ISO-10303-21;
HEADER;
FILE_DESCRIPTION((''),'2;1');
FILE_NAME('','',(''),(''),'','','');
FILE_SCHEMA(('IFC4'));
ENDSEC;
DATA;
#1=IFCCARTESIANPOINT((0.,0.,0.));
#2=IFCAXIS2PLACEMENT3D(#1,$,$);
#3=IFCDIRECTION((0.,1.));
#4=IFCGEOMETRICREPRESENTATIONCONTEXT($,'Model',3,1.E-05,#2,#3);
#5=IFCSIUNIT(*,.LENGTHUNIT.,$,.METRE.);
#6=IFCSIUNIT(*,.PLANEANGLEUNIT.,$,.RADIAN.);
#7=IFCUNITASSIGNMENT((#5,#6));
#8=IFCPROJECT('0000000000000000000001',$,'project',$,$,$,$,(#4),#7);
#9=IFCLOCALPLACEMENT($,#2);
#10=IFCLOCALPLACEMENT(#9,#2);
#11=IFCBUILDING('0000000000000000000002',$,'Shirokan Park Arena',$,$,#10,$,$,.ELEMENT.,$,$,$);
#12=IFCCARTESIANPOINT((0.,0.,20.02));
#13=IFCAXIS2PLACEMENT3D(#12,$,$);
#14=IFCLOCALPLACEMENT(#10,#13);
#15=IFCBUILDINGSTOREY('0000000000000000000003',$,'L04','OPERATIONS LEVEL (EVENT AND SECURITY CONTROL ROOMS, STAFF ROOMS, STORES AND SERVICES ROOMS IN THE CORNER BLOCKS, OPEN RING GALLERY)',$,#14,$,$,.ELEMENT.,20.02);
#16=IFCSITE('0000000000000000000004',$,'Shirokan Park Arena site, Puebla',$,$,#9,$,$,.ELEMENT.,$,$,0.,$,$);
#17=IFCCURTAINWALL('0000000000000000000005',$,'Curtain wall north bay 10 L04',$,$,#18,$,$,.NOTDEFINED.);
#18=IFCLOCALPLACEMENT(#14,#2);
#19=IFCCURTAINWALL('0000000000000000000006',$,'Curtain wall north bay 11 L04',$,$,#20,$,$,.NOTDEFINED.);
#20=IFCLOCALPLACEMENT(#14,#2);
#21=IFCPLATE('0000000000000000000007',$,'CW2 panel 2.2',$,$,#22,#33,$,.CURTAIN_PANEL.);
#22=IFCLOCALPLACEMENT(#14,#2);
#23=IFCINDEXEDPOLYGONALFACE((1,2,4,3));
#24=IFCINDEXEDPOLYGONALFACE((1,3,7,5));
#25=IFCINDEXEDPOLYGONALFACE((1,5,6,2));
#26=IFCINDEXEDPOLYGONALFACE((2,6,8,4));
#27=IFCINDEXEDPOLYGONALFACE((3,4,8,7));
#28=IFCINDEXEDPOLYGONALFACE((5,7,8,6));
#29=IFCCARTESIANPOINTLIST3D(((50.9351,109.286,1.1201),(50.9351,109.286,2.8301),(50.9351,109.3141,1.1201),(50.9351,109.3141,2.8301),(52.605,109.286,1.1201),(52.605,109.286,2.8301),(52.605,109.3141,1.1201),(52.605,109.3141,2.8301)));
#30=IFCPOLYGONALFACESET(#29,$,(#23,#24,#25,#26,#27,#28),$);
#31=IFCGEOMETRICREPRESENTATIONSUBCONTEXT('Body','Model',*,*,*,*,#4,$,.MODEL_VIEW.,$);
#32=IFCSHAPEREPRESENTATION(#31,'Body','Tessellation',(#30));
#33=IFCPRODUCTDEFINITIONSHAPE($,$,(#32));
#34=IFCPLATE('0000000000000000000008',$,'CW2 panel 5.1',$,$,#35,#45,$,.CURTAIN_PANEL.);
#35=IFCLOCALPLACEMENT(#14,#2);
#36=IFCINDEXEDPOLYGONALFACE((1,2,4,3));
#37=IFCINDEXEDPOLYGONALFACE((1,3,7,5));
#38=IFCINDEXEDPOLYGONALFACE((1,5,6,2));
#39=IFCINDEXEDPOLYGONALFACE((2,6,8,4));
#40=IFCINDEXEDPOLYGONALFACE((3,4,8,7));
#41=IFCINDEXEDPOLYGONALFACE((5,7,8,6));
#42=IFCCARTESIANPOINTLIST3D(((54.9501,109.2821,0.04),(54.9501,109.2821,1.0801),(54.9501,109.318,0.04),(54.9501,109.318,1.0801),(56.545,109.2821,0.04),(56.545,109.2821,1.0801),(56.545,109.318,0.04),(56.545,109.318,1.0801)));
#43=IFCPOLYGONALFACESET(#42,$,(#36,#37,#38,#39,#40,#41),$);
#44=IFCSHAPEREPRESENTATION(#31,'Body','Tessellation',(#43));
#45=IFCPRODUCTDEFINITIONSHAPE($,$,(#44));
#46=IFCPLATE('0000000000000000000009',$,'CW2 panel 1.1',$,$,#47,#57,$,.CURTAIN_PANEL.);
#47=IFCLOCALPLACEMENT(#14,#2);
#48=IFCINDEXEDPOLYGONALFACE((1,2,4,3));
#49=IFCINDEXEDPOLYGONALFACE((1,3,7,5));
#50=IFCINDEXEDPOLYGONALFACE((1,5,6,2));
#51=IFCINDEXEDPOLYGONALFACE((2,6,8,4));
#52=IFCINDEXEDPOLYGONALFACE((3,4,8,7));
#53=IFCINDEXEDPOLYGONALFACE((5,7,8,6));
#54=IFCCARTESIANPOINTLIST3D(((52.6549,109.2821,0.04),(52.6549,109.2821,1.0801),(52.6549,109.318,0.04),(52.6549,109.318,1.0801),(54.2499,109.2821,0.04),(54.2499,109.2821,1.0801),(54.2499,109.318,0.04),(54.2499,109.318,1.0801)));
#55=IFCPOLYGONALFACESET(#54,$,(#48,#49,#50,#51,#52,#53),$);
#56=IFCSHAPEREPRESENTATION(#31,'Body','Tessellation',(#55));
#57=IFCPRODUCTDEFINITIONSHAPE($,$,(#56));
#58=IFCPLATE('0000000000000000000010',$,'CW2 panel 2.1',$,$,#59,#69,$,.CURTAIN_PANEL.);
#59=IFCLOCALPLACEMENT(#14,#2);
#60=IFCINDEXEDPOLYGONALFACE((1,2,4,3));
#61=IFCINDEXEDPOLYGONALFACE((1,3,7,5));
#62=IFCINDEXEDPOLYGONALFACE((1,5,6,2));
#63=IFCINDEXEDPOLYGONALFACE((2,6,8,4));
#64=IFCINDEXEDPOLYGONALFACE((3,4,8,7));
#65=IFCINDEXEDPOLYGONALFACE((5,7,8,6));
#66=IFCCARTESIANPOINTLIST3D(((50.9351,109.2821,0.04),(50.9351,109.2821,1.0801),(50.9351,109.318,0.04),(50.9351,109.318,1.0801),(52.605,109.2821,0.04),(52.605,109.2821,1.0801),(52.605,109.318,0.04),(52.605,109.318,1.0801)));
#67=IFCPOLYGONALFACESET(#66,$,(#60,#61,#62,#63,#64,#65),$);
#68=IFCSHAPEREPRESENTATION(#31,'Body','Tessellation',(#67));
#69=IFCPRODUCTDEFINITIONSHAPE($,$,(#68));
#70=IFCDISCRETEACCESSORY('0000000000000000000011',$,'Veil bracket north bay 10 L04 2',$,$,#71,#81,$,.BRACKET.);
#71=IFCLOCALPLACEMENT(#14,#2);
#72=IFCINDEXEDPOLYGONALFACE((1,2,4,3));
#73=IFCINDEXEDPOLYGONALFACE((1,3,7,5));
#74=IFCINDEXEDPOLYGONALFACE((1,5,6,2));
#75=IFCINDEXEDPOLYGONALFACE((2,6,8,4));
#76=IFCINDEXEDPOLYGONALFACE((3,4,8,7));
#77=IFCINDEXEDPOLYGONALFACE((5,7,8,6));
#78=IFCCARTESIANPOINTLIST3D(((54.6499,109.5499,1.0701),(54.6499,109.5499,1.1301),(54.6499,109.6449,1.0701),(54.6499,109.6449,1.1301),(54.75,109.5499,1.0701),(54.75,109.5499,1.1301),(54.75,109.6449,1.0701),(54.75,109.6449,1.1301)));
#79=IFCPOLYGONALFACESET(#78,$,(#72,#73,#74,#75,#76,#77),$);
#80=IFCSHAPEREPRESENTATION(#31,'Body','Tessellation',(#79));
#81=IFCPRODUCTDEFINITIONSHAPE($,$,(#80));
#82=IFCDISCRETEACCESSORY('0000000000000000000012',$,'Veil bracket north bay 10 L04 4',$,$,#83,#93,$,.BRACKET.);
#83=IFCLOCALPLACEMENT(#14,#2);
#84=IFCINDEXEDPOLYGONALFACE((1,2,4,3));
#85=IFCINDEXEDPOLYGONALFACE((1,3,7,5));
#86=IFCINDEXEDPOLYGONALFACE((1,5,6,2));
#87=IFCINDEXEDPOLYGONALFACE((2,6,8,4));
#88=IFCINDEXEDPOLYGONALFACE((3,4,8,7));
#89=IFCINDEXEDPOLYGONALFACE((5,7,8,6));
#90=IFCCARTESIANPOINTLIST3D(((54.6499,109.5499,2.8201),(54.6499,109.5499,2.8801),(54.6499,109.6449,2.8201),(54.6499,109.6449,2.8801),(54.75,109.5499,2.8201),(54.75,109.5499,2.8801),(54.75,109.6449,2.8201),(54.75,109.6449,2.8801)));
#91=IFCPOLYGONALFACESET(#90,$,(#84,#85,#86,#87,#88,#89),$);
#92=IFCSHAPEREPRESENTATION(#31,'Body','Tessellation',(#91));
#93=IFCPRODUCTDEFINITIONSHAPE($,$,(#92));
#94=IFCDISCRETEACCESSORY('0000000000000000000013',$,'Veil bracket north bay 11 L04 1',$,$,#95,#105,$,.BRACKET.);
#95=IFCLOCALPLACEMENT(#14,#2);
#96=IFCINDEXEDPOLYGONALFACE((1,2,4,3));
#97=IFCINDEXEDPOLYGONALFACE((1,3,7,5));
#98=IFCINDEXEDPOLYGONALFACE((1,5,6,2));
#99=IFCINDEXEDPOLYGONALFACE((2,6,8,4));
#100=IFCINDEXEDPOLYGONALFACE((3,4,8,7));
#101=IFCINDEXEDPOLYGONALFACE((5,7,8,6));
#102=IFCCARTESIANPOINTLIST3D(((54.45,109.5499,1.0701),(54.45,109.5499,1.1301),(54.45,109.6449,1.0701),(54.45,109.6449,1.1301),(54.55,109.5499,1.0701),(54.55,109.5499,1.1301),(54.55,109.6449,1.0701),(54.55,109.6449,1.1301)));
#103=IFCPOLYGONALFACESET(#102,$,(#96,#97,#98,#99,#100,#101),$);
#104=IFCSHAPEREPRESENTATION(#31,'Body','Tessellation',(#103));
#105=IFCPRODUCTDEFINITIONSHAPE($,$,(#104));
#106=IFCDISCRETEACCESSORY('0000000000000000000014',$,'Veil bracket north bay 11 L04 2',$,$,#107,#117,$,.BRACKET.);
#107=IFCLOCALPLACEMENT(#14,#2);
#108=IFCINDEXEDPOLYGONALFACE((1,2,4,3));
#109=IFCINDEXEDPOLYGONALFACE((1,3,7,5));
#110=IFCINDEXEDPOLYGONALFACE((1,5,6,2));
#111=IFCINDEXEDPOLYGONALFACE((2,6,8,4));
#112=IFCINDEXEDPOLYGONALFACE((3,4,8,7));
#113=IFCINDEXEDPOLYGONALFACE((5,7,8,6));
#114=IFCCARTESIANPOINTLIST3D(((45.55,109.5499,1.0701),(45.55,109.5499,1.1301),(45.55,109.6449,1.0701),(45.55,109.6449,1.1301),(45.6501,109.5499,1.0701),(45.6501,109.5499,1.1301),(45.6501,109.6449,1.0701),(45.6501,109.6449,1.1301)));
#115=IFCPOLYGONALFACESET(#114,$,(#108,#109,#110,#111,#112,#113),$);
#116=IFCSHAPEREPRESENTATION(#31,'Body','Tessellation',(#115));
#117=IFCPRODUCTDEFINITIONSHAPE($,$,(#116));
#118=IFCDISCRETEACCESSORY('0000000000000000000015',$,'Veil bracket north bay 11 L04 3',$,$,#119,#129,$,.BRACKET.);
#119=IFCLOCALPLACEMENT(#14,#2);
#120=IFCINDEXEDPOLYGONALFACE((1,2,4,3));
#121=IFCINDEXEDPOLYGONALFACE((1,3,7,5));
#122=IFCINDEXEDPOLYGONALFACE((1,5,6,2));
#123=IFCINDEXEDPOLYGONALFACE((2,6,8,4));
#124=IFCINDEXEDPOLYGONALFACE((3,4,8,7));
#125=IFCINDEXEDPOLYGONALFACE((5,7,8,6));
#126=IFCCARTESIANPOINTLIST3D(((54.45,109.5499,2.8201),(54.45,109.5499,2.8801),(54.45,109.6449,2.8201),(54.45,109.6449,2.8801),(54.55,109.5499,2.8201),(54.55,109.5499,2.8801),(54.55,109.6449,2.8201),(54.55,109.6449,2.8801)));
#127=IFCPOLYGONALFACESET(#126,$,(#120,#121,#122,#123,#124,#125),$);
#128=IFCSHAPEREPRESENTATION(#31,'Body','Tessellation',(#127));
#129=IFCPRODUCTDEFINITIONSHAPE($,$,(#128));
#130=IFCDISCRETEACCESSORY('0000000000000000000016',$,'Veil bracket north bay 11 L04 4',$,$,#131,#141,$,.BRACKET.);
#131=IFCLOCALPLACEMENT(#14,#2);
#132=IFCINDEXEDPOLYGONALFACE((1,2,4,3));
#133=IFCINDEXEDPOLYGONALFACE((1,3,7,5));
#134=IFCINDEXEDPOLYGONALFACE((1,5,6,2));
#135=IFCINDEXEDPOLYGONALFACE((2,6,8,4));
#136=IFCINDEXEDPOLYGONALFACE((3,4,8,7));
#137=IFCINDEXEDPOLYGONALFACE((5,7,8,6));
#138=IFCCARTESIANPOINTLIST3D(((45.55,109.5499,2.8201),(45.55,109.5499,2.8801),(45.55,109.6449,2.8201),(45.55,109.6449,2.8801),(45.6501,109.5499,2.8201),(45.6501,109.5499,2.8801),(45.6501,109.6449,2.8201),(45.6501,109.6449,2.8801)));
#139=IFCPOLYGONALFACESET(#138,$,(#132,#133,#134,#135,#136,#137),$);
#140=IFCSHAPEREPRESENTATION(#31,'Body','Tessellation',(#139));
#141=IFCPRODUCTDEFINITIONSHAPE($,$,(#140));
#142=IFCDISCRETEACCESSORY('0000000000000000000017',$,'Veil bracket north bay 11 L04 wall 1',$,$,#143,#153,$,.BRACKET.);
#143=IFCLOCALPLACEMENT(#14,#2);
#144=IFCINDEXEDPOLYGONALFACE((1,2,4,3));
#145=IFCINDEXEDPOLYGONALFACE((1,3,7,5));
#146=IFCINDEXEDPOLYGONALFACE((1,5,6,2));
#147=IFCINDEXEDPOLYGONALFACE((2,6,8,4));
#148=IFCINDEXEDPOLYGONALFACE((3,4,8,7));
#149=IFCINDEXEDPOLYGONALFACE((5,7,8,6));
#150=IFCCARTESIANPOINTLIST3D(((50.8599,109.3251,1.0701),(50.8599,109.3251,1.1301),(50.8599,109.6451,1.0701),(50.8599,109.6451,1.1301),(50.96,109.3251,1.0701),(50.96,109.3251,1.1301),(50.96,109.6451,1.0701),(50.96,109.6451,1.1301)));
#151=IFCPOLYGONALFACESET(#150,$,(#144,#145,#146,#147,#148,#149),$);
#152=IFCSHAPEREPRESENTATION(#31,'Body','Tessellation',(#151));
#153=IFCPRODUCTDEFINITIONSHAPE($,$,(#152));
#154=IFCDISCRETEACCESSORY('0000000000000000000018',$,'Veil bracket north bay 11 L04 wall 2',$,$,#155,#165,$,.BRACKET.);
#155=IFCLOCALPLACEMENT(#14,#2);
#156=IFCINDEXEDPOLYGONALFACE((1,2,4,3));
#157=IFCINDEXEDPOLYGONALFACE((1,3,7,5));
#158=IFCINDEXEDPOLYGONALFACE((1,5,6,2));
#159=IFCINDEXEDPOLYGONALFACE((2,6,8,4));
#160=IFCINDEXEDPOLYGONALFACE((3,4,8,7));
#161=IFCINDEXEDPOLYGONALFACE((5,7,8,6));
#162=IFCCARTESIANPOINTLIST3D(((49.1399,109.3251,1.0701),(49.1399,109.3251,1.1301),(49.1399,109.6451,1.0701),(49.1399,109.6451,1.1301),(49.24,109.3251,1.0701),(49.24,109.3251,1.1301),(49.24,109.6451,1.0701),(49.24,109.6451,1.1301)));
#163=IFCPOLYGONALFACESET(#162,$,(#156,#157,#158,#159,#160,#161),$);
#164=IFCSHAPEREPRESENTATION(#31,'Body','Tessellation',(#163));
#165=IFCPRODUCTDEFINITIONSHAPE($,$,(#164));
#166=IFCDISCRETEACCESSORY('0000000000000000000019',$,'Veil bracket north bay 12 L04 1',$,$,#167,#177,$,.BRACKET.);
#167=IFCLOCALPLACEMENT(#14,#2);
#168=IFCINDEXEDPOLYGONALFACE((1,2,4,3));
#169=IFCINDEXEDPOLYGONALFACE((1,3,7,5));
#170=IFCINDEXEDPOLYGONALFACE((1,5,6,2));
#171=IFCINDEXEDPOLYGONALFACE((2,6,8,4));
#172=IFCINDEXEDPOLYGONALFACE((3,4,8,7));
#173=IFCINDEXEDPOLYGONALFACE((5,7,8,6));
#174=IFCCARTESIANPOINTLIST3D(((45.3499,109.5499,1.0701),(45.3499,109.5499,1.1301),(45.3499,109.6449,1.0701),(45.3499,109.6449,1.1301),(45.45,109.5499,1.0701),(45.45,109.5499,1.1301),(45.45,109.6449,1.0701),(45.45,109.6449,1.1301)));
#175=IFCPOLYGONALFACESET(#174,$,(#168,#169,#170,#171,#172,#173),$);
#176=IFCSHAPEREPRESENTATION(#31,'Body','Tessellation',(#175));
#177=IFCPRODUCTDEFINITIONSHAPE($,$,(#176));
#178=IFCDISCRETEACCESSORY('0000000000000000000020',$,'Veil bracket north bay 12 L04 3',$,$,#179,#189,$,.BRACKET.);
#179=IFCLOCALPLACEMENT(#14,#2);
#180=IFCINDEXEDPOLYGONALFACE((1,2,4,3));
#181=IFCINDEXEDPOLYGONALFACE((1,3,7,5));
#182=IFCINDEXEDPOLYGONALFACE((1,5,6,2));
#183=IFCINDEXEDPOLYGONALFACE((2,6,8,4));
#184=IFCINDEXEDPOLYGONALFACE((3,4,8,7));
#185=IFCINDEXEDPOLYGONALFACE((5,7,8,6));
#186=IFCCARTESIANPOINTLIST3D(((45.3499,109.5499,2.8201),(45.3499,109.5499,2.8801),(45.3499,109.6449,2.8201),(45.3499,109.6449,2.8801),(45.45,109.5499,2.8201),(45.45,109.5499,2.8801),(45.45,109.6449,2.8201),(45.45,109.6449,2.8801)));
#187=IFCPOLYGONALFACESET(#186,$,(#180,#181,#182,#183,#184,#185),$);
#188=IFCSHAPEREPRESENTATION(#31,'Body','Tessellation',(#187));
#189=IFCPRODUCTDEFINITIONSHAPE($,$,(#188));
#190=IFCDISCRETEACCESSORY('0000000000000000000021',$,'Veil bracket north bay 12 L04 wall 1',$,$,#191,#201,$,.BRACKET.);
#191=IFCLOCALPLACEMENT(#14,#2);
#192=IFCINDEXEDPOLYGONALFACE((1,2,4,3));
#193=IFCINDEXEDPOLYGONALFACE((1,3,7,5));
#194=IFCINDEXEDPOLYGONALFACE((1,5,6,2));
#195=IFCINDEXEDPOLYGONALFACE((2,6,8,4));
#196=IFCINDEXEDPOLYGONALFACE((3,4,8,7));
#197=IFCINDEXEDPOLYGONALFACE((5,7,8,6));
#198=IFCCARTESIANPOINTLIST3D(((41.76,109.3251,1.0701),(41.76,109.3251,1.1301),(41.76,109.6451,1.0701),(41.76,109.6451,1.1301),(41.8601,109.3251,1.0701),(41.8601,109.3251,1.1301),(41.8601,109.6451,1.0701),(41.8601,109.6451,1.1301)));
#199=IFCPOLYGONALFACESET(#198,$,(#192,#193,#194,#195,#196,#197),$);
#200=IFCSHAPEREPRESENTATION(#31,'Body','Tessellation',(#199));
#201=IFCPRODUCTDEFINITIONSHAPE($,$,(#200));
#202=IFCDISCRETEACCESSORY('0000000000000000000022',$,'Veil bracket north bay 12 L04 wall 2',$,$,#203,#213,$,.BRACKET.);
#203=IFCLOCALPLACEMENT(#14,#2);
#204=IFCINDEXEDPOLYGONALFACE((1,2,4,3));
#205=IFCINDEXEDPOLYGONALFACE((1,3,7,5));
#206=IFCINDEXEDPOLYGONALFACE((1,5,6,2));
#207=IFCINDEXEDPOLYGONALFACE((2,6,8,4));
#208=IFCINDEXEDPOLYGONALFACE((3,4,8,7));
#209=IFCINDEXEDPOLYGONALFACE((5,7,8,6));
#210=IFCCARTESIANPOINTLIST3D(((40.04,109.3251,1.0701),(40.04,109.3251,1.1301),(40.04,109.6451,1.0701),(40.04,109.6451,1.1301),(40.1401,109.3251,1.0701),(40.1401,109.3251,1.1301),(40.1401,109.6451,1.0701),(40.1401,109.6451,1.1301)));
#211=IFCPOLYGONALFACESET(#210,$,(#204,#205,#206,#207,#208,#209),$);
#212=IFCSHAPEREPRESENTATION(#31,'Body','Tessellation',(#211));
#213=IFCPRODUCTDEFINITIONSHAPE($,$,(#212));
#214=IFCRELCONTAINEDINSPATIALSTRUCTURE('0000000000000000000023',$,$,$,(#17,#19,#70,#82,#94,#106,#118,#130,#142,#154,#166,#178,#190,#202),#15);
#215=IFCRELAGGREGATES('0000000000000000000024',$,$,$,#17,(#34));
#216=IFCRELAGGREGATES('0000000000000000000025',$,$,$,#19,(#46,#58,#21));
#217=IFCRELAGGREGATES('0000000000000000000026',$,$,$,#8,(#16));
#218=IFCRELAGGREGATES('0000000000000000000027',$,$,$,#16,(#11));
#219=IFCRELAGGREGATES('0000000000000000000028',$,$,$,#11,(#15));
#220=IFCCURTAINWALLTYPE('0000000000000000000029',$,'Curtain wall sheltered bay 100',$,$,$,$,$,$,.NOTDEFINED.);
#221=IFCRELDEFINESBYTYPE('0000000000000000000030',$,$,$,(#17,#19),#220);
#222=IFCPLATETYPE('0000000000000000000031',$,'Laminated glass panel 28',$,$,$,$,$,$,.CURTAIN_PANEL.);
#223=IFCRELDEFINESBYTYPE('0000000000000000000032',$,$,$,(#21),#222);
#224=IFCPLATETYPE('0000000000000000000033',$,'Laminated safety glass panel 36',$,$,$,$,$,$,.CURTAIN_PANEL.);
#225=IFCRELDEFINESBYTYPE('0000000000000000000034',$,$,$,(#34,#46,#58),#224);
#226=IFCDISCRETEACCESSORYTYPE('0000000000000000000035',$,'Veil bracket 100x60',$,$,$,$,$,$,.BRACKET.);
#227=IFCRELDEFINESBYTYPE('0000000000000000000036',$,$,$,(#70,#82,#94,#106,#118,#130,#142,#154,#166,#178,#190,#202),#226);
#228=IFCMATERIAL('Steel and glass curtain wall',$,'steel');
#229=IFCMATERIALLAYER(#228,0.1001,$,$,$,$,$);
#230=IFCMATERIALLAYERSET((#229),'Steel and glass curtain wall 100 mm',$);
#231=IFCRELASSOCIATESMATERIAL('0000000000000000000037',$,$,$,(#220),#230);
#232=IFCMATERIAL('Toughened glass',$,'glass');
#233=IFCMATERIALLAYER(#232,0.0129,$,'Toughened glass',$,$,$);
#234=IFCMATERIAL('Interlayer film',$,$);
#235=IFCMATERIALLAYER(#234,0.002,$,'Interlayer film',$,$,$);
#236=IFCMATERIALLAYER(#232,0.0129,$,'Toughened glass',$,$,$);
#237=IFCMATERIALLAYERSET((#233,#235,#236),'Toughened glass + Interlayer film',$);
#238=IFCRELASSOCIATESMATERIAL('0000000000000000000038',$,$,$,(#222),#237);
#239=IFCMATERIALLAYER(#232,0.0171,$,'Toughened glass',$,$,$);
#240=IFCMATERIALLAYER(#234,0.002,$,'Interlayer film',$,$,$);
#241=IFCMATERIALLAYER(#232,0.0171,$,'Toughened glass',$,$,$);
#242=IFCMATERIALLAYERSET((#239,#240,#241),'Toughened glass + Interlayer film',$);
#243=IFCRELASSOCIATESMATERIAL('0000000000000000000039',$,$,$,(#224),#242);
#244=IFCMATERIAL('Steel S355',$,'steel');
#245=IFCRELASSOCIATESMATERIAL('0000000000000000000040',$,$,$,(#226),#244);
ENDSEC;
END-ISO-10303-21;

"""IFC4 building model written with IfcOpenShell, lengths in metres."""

from ifc_helpers import new_model, si_unit, direction, frame, origin, origin_2d, place, context, subcontext, project, spatial, rectangle, extrude, material, layer, layer_set, type_object, element, aggregate, save


model = new_model("IFC4")

# Units and contexts
model_context = context("Model", 3, precision=1e-05, world=origin(), true_north=direction((0.0, 1.0)))
body_context = subcontext(model_context, "Body", "Model", "MODEL_VIEW")
ifc_project = project(units=[si_unit("LENGTHUNIT", "METRE"), si_unit("PLANEANGLEUNIT", "RADIAN")], contexts=[model_context])

# Site, building, storey
site_placement = place(None, origin())
site = spatial("IfcSite", under=ifc_project, at=site_placement, Name="Shirokan Park Arena site, Puebla", CompositionType="ELEMENT", RefElevation=0.0)
building_placement = place(site_placement, origin())
building = spatial("IfcBuilding", under=site, at=building_placement, Name="Shirokan Park Arena", CompositionType="ELEMENT")
storey_placement = place(building_placement, frame((0.0, 0.0, 20.02)))
storey = spatial("IfcBuildingStorey", under=building, at=storey_placement, Name="L04", Description="OPERATIONS LEVEL (EVENT AND SECURITY CONTROL ROOMS, STAFF ROOMS, STORES AND SERVICES ROOMS IN THE CORNER BLOCKS, OPEN RING GALLERY)", CompositionType="ELEMENT", Elevation=20.02)

# Curtain wall
ifc_material_1 = material(Name="Steel and glass curtain wall", Category="steel")
ifc_layer_1 = layer(ifc_material_1, 0.1001)
ifc_layer_set_1 = layer_set([ifc_layer_1], Name="Steel and glass curtain wall 100 mm")
curtain_wall_type = type_object("IfcCurtainWallType", Name="Curtain wall sheltered bay 100", PredefinedType="NOTDEFINED", material=ifc_layer_set_1)
curtain_wall_1_placement = place(storey_placement, origin())
curtain_wall_1 = element("IfcCurtainWall", 1, at=curtain_wall_1_placement, inside=storey, type_object=curtain_wall_type, Name="Curtain wall north bay 10 L04", PredefinedType="NOTDEFINED")
ifc_material_2 = material(Name="Steel S355", Category="steel")

# Curtain wall
curtain_wall_2_placement = place(storey_placement, origin())
curtain_wall_2 = element("IfcCurtainWall", 2, at=curtain_wall_2_placement, inside=storey, type_object=curtain_wall_type, Name="Curtain wall north bay 11 L04", PredefinedType="NOTDEFINED")

# Plates
ifc_material_3 = material(Name="Toughened glass", Category="glass")
ifc_layer_2 = layer(ifc_material_3, 0.0129, Name="Toughened glass")
ifc_material_4 = material(Name="Interlayer film")
ifc_layer_3 = layer(ifc_material_4, 0.002, Name="Interlayer film")
ifc_layer_4 = layer(ifc_material_3, 0.0129, Name="Toughened glass")
ifc_layer_set_2 = layer_set([ifc_layer_2, ifc_layer_3, ifc_layer_4], Name="Toughened glass + Interlayer film")
plate_type_1 = type_object("IfcPlateType", Name="Laminated glass panel 28", PredefinedType="CURTAIN_PANEL", material=ifc_layer_set_2)
plate_1_placement = place(storey_placement, frame((51.77, 109.3, 1.1201), z_axis=(0.0, 0.0, 1.0), x_axis=(-1.0, 0.0, 0.0)))
plate_1 = element("IfcPlate", 3, at=plate_1_placement, type_object=plate_type_1, Name="CW2 panel 2.2", PredefinedType="CURTAIN_PANEL", context=body_context, shape_type="SweptSolid", body=[
    extrude(rectangle(XDim=1.6699, YDim=0.0281, at=origin_2d()), origin(), (0.0, 0.0, 1.0), 1.71),
])
ifc_layer_5 = layer(ifc_material_3, 0.0171, Name="Toughened glass")
ifc_layer_6 = layer(ifc_material_4, 0.002, Name="Interlayer film")
ifc_layer_7 = layer(ifc_material_3, 0.0171, Name="Toughened glass")
ifc_layer_set_3 = layer_set([ifc_layer_5, ifc_layer_6, ifc_layer_7], Name="Toughened glass + Interlayer film")
plate_type_2 = type_object("IfcPlateType", Name="Laminated safety glass panel 36", PredefinedType="CURTAIN_PANEL", material=ifc_layer_set_3)
plate_2_placement = place(storey_placement, frame((55.7476, 109.3, 0.04), z_axis=(0.0, 0.0, 1.0), x_axis=(-1.0, 0.0, 0.0)))
plate_2 = element("IfcPlate", 4, at=plate_2_placement, type_object=plate_type_2, Name="CW2 panel 5.1", PredefinedType="CURTAIN_PANEL", context=body_context, shape_type="SweptSolid", body=[
    extrude(rectangle(XDim=1.595, YDim=0.0359, at=origin_2d()), origin(), (0.0, 0.0, 1.0), 1.04),
])
aggregate(curtain_wall_1, [plate_2])
plate_3_placement = place(storey_placement, frame((53.4524, 109.3, 0.04), z_axis=(0.0, 0.0, 1.0), x_axis=(-1.0, 0.0, 0.0)))
plate_3 = element("IfcPlate", 5, at=plate_3_placement, type_object=plate_type_2, Name="CW2 panel 1.1", PredefinedType="CURTAIN_PANEL", context=body_context, shape_type="SweptSolid", body=[
    extrude(rectangle(XDim=1.595, YDim=0.0359, at=origin_2d()), origin(), (0.0, 0.0, 1.0), 1.04),
])
plate_4_placement = place(storey_placement, frame((51.77, 109.3, 0.04), z_axis=(0.0, 0.0, 1.0), x_axis=(-1.0, 0.0, 0.0)))
plate_4 = element("IfcPlate", 6, at=plate_4_placement, type_object=plate_type_2, Name="CW2 panel 2.1", PredefinedType="CURTAIN_PANEL", context=body_context, shape_type="SweptSolid", body=[
    extrude(rectangle(XDim=1.6699, YDim=0.0359, at=origin_2d()), origin(), (0.0, 0.0, 1.0), 1.04),
])
aggregate(curtain_wall_2, [plate_3, plate_4, plate_1])

# Discrete accessories
discrete_accessory_type = type_object("IfcDiscreteAccessoryType", Name="Veil bracket 100x60", PredefinedType="BRACKET", material=ifc_material_2)
for number, where, z_axis, x_axis, name in (
    (7, (54.7, 109.5974, 1.0701), (0.0, 0.0, 1.0), (-1.0, 0.0, 0.0), "Veil bracket north bay 10 L04 2"),
    (8, (54.7, 109.5974, 2.8201), (0.0, 0.0, 1.0), (-1.0, 0.0, 0.0), "Veil bracket north bay 10 L04 4"),
    (9, (54.5, 109.5974, 1.0701), (0.0, 0.0, 1.0), (-1.0, 0.0, 0.0), "Veil bracket north bay 11 L04 1"),
    (10, (45.6001, 109.5974, 1.0701), (0.0, 0.0, 1.0), (-1.0, 0.0, 0.0), "Veil bracket north bay 11 L04 2"),
    (11, (54.5, 109.5974, 2.8201), (0.0, 0.0, 1.0), (-1.0, 0.0, 0.0), "Veil bracket north bay 11 L04 3"),
    (12, (45.6001, 109.5974, 2.8201), (0.0, 0.0, 1.0), (-1.0, 0.0, 0.0), "Veil bracket north bay 11 L04 4"),
):
    element("IfcDiscreteAccessory", number, at=place(storey_placement, frame(where, z_axis=z_axis, x_axis=x_axis)), inside=storey, type_object=discrete_accessory_type, Name=name, PredefinedType="BRACKET", context=body_context, shape_type="SweptSolid", body=[
        extrude(rectangle(XDim=0.1001, YDim=0.095, at=origin_2d()), origin(), (0.0, 0.0, 1.0), 0.0601),
    ])
for number, where, z_axis, x_axis, name in (
    (13, (50.9099, 109.4851, 1.0701), (0.0, 0.0, 1.0), (-1.0, 0.0, 0.0), "Veil bracket north bay 11 L04 wall 1"),
    (14, (49.1899, 109.4851, 1.0701), (0.0, 0.0, 1.0), (-1.0, 0.0, 0.0), "Veil bracket north bay 11 L04 wall 2"),
):
    element("IfcDiscreteAccessory", number, at=place(storey_placement, frame(where, z_axis=z_axis, x_axis=x_axis)), inside=storey, type_object=discrete_accessory_type, Name=name, PredefinedType="BRACKET", context=body_context, shape_type="SweptSolid", body=[
        extrude(rectangle(XDim=0.1001, YDim=0.3201, at=origin_2d()), origin(), (0.0, 0.0, 1.0), 0.0601),
    ])
for number, where, z_axis, x_axis, name in (
    (15, (45.3999, 109.5974, 1.0701), (0.0, 0.0, 1.0), (-1.0, 0.0, 0.0), "Veil bracket north bay 12 L04 1"),
    (16, (45.3999, 109.5974, 2.8201), (0.0, 0.0, 1.0), (-1.0, 0.0, 0.0), "Veil bracket north bay 12 L04 3"),
):
    element("IfcDiscreteAccessory", number, at=place(storey_placement, frame(where, z_axis=z_axis, x_axis=x_axis)), inside=storey, type_object=discrete_accessory_type, Name=name, PredefinedType="BRACKET", context=body_context, shape_type="SweptSolid", body=[
        extrude(rectangle(XDim=0.1001, YDim=0.095, at=origin_2d()), origin(), (0.0, 0.0, 1.0), 0.0601),
    ])
for number, where, z_axis, x_axis, name in (
    (17, (41.8101, 109.4851, 1.0701), (0.0, 0.0, 1.0), (-1.0, 0.0, 0.0), "Veil bracket north bay 12 L04 wall 1"),
    (18, (40.0901, 109.4851, 1.0701), (0.0, 0.0, 1.0), (-1.0, 0.0, 0.0), "Veil bracket north bay 12 L04 wall 2"),
):
    element("IfcDiscreteAccessory", number, at=place(storey_placement, frame(where, z_axis=z_axis, x_axis=x_axis)), inside=storey, type_object=discrete_accessory_type, Name=name, PredefinedType="BRACKET", context=body_context, shape_type="SweptSolid", body=[
        extrude(rectangle(XDim=0.1001, YDim=0.3201, at=origin_2d()), origin(), (0.0, 0.0, 1.0), 0.0601),
    ])

save(model, "model.ifc")
